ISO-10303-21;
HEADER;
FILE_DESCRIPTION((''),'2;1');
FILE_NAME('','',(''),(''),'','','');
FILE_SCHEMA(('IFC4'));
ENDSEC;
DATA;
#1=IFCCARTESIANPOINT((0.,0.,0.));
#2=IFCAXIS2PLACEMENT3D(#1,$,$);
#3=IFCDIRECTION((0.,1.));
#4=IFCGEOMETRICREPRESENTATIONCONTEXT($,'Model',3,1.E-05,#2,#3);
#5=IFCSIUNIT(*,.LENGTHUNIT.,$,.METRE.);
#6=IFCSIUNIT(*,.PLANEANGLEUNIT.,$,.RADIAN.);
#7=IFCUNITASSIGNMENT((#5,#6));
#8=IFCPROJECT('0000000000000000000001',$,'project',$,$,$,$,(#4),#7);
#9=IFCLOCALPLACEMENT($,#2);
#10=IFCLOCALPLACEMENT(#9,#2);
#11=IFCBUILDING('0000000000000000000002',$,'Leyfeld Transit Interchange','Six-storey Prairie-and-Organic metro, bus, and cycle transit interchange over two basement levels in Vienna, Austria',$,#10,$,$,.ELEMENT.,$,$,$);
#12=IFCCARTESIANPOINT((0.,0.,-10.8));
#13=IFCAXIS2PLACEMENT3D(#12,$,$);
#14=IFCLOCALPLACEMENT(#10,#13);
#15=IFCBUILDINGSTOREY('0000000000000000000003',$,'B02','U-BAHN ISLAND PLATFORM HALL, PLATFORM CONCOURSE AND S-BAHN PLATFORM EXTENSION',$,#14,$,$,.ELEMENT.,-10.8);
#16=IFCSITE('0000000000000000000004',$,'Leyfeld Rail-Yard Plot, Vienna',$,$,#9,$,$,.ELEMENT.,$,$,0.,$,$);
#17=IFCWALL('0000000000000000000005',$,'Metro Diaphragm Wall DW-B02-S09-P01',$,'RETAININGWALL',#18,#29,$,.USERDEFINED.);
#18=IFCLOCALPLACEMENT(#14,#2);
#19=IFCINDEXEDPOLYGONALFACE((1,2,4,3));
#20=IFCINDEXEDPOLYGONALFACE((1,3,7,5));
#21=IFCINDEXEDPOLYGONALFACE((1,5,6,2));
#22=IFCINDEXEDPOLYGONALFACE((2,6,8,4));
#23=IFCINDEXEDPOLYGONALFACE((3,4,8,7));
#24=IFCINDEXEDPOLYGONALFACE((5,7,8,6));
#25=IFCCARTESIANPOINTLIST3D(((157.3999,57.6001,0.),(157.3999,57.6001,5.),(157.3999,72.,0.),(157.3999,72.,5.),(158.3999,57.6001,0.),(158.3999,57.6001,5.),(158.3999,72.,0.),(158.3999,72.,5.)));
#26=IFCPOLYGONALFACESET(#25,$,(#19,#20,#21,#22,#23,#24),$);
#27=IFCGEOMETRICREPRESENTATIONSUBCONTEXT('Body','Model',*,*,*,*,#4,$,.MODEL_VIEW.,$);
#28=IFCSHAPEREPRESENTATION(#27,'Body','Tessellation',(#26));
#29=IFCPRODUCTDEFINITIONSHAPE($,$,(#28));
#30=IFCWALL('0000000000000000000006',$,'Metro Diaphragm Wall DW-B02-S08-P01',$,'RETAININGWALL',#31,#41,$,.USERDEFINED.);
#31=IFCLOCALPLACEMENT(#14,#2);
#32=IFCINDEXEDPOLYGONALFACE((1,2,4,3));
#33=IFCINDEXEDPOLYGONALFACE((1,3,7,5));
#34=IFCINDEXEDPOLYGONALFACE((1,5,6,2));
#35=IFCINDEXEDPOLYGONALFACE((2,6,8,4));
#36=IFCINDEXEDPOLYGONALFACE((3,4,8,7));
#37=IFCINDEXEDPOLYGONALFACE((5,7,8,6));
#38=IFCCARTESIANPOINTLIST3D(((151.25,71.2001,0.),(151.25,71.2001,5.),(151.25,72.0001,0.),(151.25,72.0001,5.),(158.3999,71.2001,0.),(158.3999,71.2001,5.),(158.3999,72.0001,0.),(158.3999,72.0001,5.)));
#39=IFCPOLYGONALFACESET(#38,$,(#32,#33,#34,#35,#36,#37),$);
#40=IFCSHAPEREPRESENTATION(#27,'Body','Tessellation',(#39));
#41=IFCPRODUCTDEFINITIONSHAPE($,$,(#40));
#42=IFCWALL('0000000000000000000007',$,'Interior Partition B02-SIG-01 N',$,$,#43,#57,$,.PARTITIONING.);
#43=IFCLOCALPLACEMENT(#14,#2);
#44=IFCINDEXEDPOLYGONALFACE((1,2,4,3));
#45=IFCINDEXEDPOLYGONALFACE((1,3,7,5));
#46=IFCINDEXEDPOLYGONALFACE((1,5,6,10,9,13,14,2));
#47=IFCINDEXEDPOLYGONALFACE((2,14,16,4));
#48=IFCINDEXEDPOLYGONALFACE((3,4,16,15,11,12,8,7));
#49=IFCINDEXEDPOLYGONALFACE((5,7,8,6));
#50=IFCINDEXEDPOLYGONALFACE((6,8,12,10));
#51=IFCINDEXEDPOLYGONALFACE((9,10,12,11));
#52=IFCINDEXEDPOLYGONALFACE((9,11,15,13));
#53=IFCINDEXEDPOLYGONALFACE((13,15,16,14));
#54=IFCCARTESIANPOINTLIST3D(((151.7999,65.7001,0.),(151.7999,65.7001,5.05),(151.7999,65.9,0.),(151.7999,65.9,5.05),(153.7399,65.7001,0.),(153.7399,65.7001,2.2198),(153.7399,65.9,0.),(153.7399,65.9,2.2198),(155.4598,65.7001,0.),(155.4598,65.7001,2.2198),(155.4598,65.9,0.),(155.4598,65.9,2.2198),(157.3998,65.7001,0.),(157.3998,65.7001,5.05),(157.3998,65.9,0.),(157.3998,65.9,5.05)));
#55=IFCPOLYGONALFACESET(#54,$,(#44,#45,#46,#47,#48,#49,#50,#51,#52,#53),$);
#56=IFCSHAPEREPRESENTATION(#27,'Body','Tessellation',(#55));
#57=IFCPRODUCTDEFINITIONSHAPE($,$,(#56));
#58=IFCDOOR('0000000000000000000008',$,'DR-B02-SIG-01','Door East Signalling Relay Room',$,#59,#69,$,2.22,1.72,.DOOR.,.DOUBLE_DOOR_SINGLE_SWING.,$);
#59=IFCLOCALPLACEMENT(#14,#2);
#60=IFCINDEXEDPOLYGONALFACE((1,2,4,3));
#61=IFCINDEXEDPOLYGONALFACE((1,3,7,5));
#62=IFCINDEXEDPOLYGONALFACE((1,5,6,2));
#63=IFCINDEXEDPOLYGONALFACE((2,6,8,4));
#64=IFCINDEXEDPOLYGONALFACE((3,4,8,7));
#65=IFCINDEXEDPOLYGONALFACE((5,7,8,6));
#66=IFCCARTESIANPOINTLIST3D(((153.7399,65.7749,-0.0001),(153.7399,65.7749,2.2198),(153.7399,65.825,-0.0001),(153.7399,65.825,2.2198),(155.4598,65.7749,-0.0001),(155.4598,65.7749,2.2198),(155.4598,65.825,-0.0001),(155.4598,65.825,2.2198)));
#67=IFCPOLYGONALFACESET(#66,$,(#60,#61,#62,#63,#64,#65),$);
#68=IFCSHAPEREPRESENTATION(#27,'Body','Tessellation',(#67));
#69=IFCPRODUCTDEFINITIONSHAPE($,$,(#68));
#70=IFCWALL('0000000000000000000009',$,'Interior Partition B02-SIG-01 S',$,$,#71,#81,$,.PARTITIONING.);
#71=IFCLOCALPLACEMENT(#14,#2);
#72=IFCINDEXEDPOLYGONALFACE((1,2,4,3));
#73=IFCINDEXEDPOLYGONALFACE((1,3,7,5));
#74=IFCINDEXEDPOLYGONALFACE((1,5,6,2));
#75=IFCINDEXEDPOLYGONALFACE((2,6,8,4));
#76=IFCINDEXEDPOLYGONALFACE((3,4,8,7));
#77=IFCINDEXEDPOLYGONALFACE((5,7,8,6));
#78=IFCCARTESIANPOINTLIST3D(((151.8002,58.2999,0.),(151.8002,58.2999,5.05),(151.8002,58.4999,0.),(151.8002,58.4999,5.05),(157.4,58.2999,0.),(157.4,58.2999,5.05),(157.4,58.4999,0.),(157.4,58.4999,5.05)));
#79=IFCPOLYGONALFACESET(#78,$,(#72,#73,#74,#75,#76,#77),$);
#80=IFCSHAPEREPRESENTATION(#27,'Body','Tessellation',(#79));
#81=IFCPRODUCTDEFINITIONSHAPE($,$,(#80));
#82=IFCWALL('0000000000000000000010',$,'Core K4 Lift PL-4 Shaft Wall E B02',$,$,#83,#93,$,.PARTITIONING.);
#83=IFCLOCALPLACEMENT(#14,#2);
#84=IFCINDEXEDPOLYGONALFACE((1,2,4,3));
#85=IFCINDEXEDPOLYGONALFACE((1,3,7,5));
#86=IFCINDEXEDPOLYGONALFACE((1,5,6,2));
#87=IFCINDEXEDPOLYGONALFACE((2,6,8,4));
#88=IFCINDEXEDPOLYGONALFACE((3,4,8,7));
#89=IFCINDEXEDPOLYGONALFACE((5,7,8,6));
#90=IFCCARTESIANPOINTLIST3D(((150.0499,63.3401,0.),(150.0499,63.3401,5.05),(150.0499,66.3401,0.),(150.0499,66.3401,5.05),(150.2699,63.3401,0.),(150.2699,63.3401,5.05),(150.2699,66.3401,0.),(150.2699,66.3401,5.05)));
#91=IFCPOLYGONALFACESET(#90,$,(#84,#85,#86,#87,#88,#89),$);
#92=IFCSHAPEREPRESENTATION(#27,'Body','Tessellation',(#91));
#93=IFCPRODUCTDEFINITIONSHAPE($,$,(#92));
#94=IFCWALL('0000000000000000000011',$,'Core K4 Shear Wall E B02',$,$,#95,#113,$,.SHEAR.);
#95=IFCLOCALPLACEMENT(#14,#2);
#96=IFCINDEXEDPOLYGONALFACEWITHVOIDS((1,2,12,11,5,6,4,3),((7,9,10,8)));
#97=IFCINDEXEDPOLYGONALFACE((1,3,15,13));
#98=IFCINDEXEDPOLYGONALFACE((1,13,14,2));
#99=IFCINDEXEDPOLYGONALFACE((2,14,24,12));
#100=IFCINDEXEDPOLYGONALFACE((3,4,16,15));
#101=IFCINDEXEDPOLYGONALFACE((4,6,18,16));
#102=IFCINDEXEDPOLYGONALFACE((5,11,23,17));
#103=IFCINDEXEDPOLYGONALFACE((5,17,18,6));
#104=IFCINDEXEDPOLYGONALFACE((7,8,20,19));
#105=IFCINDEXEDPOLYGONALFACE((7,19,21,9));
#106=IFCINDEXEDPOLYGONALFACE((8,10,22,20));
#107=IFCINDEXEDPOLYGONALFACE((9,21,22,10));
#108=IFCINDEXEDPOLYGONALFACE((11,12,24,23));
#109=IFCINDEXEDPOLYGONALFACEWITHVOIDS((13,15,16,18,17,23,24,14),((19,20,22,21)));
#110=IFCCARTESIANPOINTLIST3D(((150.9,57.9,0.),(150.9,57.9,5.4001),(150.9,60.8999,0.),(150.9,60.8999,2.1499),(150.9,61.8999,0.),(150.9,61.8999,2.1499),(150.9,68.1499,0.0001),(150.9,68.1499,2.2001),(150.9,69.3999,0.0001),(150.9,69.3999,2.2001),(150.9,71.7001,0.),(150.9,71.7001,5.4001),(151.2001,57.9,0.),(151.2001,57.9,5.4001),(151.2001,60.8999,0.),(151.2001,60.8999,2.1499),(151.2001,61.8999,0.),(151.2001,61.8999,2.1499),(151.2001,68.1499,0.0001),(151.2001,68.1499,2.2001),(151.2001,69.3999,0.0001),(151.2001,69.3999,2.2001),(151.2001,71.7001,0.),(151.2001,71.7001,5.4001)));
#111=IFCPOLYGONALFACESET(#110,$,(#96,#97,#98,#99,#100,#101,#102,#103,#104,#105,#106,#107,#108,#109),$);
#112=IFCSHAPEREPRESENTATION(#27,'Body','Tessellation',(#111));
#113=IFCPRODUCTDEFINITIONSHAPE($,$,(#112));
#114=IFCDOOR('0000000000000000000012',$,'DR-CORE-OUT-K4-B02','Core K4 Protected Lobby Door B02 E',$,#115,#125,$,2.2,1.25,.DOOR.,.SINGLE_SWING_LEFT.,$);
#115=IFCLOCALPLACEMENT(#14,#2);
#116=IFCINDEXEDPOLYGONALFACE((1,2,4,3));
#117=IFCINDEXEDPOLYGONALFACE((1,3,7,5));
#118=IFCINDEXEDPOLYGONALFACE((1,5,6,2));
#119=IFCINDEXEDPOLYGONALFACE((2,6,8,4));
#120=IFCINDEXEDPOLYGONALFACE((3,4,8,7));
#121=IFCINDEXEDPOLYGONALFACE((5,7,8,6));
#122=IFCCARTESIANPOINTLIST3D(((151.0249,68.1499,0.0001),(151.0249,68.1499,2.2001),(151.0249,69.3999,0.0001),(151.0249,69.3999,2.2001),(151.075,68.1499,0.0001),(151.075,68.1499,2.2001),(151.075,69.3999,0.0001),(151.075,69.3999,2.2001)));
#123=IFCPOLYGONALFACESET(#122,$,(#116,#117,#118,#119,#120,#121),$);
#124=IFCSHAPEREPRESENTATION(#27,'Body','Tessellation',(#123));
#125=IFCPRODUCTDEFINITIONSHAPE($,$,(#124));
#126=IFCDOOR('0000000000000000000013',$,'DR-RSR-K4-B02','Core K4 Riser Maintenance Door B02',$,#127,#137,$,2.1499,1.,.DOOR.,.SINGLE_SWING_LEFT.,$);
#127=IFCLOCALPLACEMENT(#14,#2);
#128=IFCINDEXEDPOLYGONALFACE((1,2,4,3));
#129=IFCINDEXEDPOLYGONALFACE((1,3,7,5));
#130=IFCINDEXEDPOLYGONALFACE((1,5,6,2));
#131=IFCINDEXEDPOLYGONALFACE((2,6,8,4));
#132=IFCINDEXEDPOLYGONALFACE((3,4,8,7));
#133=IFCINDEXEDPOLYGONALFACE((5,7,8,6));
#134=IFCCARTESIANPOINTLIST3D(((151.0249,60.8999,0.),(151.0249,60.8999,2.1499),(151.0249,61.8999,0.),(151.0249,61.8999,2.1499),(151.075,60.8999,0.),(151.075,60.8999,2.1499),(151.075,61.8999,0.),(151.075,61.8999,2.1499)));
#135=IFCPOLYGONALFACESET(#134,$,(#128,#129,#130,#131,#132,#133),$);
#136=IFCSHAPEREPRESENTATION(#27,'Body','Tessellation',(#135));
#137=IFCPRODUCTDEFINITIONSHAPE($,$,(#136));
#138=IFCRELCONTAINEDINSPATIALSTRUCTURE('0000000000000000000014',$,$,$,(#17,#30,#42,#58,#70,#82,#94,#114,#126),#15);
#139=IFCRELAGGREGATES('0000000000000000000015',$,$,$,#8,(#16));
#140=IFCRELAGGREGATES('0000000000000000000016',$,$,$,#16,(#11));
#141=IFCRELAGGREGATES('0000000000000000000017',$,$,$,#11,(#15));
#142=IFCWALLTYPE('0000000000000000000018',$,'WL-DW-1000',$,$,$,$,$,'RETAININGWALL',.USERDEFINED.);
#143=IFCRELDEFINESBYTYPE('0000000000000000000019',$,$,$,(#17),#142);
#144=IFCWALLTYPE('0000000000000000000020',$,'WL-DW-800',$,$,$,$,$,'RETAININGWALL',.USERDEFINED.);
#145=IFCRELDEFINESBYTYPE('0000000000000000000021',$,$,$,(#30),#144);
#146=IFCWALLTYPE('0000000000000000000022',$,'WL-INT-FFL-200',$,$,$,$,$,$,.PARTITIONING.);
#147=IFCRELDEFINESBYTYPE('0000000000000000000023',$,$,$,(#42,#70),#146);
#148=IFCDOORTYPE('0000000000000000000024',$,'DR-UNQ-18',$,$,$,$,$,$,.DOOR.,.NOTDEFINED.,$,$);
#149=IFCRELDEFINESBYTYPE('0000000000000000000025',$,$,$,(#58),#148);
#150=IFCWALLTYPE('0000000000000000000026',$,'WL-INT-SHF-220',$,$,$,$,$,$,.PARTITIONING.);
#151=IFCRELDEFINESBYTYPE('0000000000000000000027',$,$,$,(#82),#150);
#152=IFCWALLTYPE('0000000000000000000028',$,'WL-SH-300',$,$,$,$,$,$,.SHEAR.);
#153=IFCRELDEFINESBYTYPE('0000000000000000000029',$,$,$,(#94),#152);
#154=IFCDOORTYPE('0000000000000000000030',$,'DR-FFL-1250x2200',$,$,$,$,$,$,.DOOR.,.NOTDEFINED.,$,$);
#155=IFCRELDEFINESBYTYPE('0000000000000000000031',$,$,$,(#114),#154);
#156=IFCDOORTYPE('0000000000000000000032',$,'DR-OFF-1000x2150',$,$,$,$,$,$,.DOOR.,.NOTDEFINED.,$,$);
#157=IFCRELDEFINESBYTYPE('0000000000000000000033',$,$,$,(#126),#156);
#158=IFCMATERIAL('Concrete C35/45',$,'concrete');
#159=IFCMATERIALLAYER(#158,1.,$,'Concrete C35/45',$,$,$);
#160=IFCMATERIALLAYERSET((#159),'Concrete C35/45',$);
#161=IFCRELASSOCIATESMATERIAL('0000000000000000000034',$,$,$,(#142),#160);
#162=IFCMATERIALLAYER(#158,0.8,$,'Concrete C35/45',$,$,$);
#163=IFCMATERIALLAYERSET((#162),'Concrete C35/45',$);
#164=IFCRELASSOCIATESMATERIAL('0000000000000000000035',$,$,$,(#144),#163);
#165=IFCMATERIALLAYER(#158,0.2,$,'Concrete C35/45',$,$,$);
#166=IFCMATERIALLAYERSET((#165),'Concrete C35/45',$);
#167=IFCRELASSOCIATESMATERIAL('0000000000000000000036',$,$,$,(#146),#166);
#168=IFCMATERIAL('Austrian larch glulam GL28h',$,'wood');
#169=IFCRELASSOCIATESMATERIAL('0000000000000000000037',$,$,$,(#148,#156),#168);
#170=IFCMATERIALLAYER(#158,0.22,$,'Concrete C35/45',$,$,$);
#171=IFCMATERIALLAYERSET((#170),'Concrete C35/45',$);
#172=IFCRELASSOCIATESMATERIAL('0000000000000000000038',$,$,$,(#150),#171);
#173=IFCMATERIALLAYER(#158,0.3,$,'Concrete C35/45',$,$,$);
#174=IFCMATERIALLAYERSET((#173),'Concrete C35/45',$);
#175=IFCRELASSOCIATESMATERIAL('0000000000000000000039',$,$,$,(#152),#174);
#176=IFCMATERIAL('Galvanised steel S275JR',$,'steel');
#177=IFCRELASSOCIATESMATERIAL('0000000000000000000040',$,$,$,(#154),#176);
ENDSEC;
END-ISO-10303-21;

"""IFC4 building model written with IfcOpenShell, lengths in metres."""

from ifc_helpers import new_model, si_unit, direction, frame, frame_2d, origin, place, context, subcontext, project, spatial, rectangle, extrude, material, layer, layer_set, type_object, element, fill, save


model = new_model("IFC4")

# Units and contexts
model_context = context("Model", 3, precision=1e-05, world=origin(), true_north=direction((0.0, 1.0)))
body_context = subcontext(model_context, "Body", "Model", "MODEL_VIEW")
ifc_project = project(units=[si_unit("LENGTHUNIT", "METRE"), si_unit("PLANEANGLEUNIT", "RADIAN")], contexts=[model_context])

# Site, building, storey
site_placement = place(None, origin())
site = spatial("IfcSite", under=ifc_project, at=site_placement, Name="Leyfeld Rail-Yard Plot, Vienna", CompositionType="ELEMENT", RefElevation=0.0)
building_placement = place(site_placement, origin())
building = spatial("IfcBuilding", under=site, at=building_placement, Name="Leyfeld Transit Interchange", Description="Six-storey Prairie-and-Organic metro, bus, and cycle transit interchange over two basement levels in Vienna, Austria", CompositionType="ELEMENT")
storey_placement = place(building_placement, frame((0.0, 0.0, -10.8)))
storey = spatial("IfcBuildingStorey", under=building, at=storey_placement, Name="B02", Description="U-BAHN ISLAND PLATFORM HALL, PLATFORM CONCOURSE AND S-BAHN PLATFORM EXTENSION", CompositionType="ELEMENT", Elevation=-10.8)

# Shared definitions
ifc_material_1 = material(Name="Concrete C35/45", Category="concrete")

# Walls
ifc_layer_1 = layer(ifc_material_1, 1.0, Name="Concrete C35/45")
ifc_layer_set_1 = layer_set([ifc_layer_1], Name="Concrete C35/45")
wall_type_1 = type_object("IfcWallType", Name="WL-DW-1000", ElementType="RETAININGWALL", PredefinedType="USERDEFINED", material=ifc_layer_set_1)
wall_1_placement = place(storey_placement, frame((157.8999, 72.0, 0.0), z_axis=(0.0, 0.0, 1.0), x_axis=(0.0, -1.0, 0.0)))
element("IfcWall", 1, at=wall_1_placement, inside=storey, type_object=wall_type_1, Name="Metro Diaphragm Wall DW-B02-S09-P01", ObjectType="RETAININGWALL", PredefinedType="USERDEFINED", context=body_context, shape_type="SweptSolid", body=[
    extrude(rectangle(XDim=14.3999, YDim=1.0, at=frame_2d((7.2, 0.0))), origin(), (0.0, 0.0, 1.0), 5.0),
])
ifc_layer_2 = layer(ifc_material_1, 0.8, Name="Concrete C35/45")
ifc_layer_set_2 = layer_set([ifc_layer_2], Name="Concrete C35/45")
wall_type_2 = type_object("IfcWallType", Name="WL-DW-800", ElementType="RETAININGWALL", PredefinedType="USERDEFINED", material=ifc_layer_set_2)
wall_2_placement = place(storey_placement, frame((151.25, 71.6001, 0.0), z_axis=(0.0, 0.0, 1.0), x_axis=(1.0, 0.0, 0.0)))
element("IfcWall", 2, at=wall_2_placement, inside=storey, type_object=wall_type_2, Name="Metro Diaphragm Wall DW-B02-S08-P01", ObjectType="RETAININGWALL", PredefinedType="USERDEFINED", context=body_context, shape_type="SweptSolid", body=[
    extrude(rectangle(XDim=7.1499, YDim=0.8, at=frame_2d((3.575, 0.0))), origin(), (0.0, 0.0, 1.0), 5.0),
])

# Wall, opening, door
ifc_layer_3 = layer(ifc_material_1, 0.2, Name="Concrete C35/45")
ifc_layer_set_3 = layer_set([ifc_layer_3], Name="Concrete C35/45")
wall_type_3 = type_object("IfcWallType", Name="WL-INT-FFL-200", PredefinedType="PARTITIONING", material=ifc_layer_set_3)
wall_3_placement = place(storey_placement, frame((151.8, 65.8, 0.0), z_axis=(0.0, 0.0, 1.0), x_axis=(1.0, 0.0, 0.0)))
wall_3 = element("IfcWall", 3, at=wall_3_placement, inside=storey, type_object=wall_type_3, Name="Interior Partition B02-SIG-01 N", PredefinedType="PARTITIONING", context=body_context, shape_type="SweptSolid", body=[
    extrude(rectangle(XDim=5.5999, YDim=0.2, at=frame_2d((2.7998, 0.0))), origin(), (0.0, 0.0, 1.0), 5.05),
])
opening_1_placement = place(wall_3_placement, frame((1.9399, 0.0, 0.0)))
opening_1 = element("IfcOpeningElement", 4, at=opening_1_placement, cuts=wall_3, PredefinedType="OPENING", context=body_context, shape_type="SweptSolid", body=[
    extrude(rectangle(XDim=1.72, YDim=2.22, at=frame_2d((0.8599, 1.1099))), frame((0.0, 0.1099, 0.0), z_axis=(0.0, -1.0, 0.0), x_axis=(1.0, 0.0, 0.0)), (0.0, 0.0, 1.0), 0.22),
])
ifc_material_2 = material(Name="Austrian larch glulam GL28h", Category="wood")
door_type_1 = type_object("IfcDoorType", Name="DR-UNQ-18", OperationType="NOTDEFINED", PredefinedType="DOOR", material=ifc_material_2)
door_1_placement = place(opening_1_placement, origin())
door_1 = element("IfcDoor", 5, at=door_1_placement, inside=storey, type_object=door_type_1, Name="DR-B02-SIG-01", Description="Door East Signalling Relay Room", OperationType="DOUBLE_DOOR_SINGLE_SWING", OverallHeight=2.22, OverallWidth=1.72, PredefinedType="DOOR", context=body_context, shape_type="SweptSolid", body=[
    extrude(rectangle(XDim=1.72, YDim=2.22, at=frame_2d((0.8599, 1.1099))), frame((0.0, 0.0249, 0.0), z_axis=(0.0, -1.0, 0.0), x_axis=(1.0, 0.0, 0.0)), (0.0, 0.0, 1.0), 0.05),
])
fill(opening_1, door_1)

# Walls
wall_4_placement = place(storey_placement, frame((157.3999, 58.3999, 0.0), z_axis=(0.0, 0.0, 1.0), x_axis=(-1.0, 0.0, 0.0)))
element("IfcWall", 6, at=wall_4_placement, inside=storey, type_object=wall_type_3, Name="Interior Partition B02-SIG-01 S", PredefinedType="PARTITIONING", context=body_context, shape_type="SweptSolid", body=[
    extrude(rectangle(XDim=5.5999, YDim=0.2, at=frame_2d((2.7998, 0.0))), origin(), (0.0, 0.0, 1.0), 5.05),
])
ifc_layer_4 = layer(ifc_material_1, 0.22, Name="Concrete C35/45")
ifc_layer_set_4 = layer_set([ifc_layer_4], Name="Concrete C35/45")
wall_type_4 = type_object("IfcWallType", Name="WL-INT-SHF-220", PredefinedType="PARTITIONING", material=ifc_layer_set_4)
wall_5_placement = place(storey_placement, frame((150.1599, 63.3401, 0.0), z_axis=(0.0, 0.0, 1.0), x_axis=(0.0, 1.0, 0.0)))
element("IfcWall", 7, at=wall_5_placement, inside=storey, type_object=wall_type_4, Name="Core K4 Lift PL-4 Shaft Wall E B02", PredefinedType="PARTITIONING", context=body_context, shape_type="SweptSolid", body=[
    extrude(rectangle(XDim=3.0, YDim=0.22, at=frame_2d((1.5, 0.0))), origin(), (0.0, 0.0, 1.0), 5.05),
])

# Wall, openings, doors
ifc_layer_5 = layer(ifc_material_1, 0.3, Name="Concrete C35/45")
ifc_layer_set_5 = layer_set([ifc_layer_5], Name="Concrete C35/45")
wall_type_5 = type_object("IfcWallType", Name="WL-SH-300", PredefinedType="SHEAR", material=ifc_layer_set_5)
wall_6_placement = place(storey_placement, frame((151.05, 71.7, 0.0), z_axis=(0.0, 0.0, 1.0), x_axis=(0.0, -1.0, 0.0)))
wall_6 = element("IfcWall", 8, at=wall_6_placement, inside=storey, type_object=wall_type_5, Name="Core K4 Shear Wall E B02", PredefinedType="SHEAR", context=body_context, shape_type="SweptSolid", body=[
    extrude(rectangle(XDim=13.8, YDim=0.3, at=frame_2d((6.8999, 0.0))), origin(), (0.0, 0.0, 1.0), 5.4001),
])
opening_2_placement = place(wall_6_placement, frame((9.8, 0.0, 0.0)))
opening_2 = element("IfcOpeningElement", 9, at=opening_2_placement, cuts=wall_6, PredefinedType="OPENING", context=body_context, shape_type="SweptSolid", body=[
    extrude(rectangle(XDim=1.0, YDim=2.1499, at=frame_2d((0.5, 1.075))), frame((0.0, 0.1599, 0.0), z_axis=(0.0, -1.0, 0.0), x_axis=(1.0, 0.0, 0.0)), (0.0, 0.0, 1.0), 0.3201),
])
opening_3_placement = place(wall_6_placement, frame((2.3, 0.0, 0.0)))
opening_3 = element("IfcOpeningElement", 10, at=opening_3_placement, cuts=wall_6, PredefinedType="OPENING", context=body_context, shape_type="SweptSolid", body=[
    extrude(rectangle(XDim=1.25, YDim=2.2, at=frame_2d((0.625, 1.1001))), frame((0.0, 0.1599, 0.0), z_axis=(0.0, -1.0, 0.0), x_axis=(1.0, 0.0, 0.0)), (0.0, 0.0, 1.0), 0.3201),
])
ifc_material_3 = material(Name="Galvanised steel S275JR", Category="steel")
door_type_2 = type_object("IfcDoorType", Name="DR-FFL-1250x2200", OperationType="NOTDEFINED", PredefinedType="DOOR", material=ifc_material_3)
door_2_placement = place(opening_3_placement, origin())
door_2 = element("IfcDoor", 11, at=door_2_placement, inside=storey, type_object=door_type_2, Name="DR-CORE-OUT-K4-B02", Description="Core K4 Protected Lobby Door B02 E", OperationType="SINGLE_SWING_LEFT", OverallHeight=2.2, OverallWidth=1.25, PredefinedType="DOOR", context=body_context, shape_type="SweptSolid", body=[
    extrude(rectangle(XDim=1.25, YDim=2.2, at=frame_2d((0.625, 1.1001))), frame((0.0, 0.0249, 0.0), z_axis=(0.0, -1.0, 0.0), x_axis=(1.0, 0.0, 0.0)), (0.0, 0.0, 1.0), 0.05),
])
fill(opening_3, door_2)
door_type_3 = type_object("IfcDoorType", Name="DR-OFF-1000x2150", OperationType="NOTDEFINED", PredefinedType="DOOR", material=ifc_material_2)
door_3_placement = place(opening_2_placement, origin())
door_3 = element("IfcDoor", 12, at=door_3_placement, inside=storey, type_object=door_type_3, Name="DR-RSR-K4-B02", Description="Core K4 Riser Maintenance Door B02", OperationType="SINGLE_SWING_LEFT", OverallHeight=2.1499, OverallWidth=1.0, PredefinedType="DOOR", context=body_context, shape_type="SweptSolid", body=[
    extrude(rectangle(XDim=1.0, YDim=2.1499, at=frame_2d((0.5, 1.075))), frame((0.0, 0.0249, 0.0), z_axis=(0.0, -1.0, 0.0), x_axis=(1.0, 0.0, 0.0)), (0.0, 0.0, 1.0), 0.05),
])
fill(opening_2, door_3)

save(model, "model.ifc")
